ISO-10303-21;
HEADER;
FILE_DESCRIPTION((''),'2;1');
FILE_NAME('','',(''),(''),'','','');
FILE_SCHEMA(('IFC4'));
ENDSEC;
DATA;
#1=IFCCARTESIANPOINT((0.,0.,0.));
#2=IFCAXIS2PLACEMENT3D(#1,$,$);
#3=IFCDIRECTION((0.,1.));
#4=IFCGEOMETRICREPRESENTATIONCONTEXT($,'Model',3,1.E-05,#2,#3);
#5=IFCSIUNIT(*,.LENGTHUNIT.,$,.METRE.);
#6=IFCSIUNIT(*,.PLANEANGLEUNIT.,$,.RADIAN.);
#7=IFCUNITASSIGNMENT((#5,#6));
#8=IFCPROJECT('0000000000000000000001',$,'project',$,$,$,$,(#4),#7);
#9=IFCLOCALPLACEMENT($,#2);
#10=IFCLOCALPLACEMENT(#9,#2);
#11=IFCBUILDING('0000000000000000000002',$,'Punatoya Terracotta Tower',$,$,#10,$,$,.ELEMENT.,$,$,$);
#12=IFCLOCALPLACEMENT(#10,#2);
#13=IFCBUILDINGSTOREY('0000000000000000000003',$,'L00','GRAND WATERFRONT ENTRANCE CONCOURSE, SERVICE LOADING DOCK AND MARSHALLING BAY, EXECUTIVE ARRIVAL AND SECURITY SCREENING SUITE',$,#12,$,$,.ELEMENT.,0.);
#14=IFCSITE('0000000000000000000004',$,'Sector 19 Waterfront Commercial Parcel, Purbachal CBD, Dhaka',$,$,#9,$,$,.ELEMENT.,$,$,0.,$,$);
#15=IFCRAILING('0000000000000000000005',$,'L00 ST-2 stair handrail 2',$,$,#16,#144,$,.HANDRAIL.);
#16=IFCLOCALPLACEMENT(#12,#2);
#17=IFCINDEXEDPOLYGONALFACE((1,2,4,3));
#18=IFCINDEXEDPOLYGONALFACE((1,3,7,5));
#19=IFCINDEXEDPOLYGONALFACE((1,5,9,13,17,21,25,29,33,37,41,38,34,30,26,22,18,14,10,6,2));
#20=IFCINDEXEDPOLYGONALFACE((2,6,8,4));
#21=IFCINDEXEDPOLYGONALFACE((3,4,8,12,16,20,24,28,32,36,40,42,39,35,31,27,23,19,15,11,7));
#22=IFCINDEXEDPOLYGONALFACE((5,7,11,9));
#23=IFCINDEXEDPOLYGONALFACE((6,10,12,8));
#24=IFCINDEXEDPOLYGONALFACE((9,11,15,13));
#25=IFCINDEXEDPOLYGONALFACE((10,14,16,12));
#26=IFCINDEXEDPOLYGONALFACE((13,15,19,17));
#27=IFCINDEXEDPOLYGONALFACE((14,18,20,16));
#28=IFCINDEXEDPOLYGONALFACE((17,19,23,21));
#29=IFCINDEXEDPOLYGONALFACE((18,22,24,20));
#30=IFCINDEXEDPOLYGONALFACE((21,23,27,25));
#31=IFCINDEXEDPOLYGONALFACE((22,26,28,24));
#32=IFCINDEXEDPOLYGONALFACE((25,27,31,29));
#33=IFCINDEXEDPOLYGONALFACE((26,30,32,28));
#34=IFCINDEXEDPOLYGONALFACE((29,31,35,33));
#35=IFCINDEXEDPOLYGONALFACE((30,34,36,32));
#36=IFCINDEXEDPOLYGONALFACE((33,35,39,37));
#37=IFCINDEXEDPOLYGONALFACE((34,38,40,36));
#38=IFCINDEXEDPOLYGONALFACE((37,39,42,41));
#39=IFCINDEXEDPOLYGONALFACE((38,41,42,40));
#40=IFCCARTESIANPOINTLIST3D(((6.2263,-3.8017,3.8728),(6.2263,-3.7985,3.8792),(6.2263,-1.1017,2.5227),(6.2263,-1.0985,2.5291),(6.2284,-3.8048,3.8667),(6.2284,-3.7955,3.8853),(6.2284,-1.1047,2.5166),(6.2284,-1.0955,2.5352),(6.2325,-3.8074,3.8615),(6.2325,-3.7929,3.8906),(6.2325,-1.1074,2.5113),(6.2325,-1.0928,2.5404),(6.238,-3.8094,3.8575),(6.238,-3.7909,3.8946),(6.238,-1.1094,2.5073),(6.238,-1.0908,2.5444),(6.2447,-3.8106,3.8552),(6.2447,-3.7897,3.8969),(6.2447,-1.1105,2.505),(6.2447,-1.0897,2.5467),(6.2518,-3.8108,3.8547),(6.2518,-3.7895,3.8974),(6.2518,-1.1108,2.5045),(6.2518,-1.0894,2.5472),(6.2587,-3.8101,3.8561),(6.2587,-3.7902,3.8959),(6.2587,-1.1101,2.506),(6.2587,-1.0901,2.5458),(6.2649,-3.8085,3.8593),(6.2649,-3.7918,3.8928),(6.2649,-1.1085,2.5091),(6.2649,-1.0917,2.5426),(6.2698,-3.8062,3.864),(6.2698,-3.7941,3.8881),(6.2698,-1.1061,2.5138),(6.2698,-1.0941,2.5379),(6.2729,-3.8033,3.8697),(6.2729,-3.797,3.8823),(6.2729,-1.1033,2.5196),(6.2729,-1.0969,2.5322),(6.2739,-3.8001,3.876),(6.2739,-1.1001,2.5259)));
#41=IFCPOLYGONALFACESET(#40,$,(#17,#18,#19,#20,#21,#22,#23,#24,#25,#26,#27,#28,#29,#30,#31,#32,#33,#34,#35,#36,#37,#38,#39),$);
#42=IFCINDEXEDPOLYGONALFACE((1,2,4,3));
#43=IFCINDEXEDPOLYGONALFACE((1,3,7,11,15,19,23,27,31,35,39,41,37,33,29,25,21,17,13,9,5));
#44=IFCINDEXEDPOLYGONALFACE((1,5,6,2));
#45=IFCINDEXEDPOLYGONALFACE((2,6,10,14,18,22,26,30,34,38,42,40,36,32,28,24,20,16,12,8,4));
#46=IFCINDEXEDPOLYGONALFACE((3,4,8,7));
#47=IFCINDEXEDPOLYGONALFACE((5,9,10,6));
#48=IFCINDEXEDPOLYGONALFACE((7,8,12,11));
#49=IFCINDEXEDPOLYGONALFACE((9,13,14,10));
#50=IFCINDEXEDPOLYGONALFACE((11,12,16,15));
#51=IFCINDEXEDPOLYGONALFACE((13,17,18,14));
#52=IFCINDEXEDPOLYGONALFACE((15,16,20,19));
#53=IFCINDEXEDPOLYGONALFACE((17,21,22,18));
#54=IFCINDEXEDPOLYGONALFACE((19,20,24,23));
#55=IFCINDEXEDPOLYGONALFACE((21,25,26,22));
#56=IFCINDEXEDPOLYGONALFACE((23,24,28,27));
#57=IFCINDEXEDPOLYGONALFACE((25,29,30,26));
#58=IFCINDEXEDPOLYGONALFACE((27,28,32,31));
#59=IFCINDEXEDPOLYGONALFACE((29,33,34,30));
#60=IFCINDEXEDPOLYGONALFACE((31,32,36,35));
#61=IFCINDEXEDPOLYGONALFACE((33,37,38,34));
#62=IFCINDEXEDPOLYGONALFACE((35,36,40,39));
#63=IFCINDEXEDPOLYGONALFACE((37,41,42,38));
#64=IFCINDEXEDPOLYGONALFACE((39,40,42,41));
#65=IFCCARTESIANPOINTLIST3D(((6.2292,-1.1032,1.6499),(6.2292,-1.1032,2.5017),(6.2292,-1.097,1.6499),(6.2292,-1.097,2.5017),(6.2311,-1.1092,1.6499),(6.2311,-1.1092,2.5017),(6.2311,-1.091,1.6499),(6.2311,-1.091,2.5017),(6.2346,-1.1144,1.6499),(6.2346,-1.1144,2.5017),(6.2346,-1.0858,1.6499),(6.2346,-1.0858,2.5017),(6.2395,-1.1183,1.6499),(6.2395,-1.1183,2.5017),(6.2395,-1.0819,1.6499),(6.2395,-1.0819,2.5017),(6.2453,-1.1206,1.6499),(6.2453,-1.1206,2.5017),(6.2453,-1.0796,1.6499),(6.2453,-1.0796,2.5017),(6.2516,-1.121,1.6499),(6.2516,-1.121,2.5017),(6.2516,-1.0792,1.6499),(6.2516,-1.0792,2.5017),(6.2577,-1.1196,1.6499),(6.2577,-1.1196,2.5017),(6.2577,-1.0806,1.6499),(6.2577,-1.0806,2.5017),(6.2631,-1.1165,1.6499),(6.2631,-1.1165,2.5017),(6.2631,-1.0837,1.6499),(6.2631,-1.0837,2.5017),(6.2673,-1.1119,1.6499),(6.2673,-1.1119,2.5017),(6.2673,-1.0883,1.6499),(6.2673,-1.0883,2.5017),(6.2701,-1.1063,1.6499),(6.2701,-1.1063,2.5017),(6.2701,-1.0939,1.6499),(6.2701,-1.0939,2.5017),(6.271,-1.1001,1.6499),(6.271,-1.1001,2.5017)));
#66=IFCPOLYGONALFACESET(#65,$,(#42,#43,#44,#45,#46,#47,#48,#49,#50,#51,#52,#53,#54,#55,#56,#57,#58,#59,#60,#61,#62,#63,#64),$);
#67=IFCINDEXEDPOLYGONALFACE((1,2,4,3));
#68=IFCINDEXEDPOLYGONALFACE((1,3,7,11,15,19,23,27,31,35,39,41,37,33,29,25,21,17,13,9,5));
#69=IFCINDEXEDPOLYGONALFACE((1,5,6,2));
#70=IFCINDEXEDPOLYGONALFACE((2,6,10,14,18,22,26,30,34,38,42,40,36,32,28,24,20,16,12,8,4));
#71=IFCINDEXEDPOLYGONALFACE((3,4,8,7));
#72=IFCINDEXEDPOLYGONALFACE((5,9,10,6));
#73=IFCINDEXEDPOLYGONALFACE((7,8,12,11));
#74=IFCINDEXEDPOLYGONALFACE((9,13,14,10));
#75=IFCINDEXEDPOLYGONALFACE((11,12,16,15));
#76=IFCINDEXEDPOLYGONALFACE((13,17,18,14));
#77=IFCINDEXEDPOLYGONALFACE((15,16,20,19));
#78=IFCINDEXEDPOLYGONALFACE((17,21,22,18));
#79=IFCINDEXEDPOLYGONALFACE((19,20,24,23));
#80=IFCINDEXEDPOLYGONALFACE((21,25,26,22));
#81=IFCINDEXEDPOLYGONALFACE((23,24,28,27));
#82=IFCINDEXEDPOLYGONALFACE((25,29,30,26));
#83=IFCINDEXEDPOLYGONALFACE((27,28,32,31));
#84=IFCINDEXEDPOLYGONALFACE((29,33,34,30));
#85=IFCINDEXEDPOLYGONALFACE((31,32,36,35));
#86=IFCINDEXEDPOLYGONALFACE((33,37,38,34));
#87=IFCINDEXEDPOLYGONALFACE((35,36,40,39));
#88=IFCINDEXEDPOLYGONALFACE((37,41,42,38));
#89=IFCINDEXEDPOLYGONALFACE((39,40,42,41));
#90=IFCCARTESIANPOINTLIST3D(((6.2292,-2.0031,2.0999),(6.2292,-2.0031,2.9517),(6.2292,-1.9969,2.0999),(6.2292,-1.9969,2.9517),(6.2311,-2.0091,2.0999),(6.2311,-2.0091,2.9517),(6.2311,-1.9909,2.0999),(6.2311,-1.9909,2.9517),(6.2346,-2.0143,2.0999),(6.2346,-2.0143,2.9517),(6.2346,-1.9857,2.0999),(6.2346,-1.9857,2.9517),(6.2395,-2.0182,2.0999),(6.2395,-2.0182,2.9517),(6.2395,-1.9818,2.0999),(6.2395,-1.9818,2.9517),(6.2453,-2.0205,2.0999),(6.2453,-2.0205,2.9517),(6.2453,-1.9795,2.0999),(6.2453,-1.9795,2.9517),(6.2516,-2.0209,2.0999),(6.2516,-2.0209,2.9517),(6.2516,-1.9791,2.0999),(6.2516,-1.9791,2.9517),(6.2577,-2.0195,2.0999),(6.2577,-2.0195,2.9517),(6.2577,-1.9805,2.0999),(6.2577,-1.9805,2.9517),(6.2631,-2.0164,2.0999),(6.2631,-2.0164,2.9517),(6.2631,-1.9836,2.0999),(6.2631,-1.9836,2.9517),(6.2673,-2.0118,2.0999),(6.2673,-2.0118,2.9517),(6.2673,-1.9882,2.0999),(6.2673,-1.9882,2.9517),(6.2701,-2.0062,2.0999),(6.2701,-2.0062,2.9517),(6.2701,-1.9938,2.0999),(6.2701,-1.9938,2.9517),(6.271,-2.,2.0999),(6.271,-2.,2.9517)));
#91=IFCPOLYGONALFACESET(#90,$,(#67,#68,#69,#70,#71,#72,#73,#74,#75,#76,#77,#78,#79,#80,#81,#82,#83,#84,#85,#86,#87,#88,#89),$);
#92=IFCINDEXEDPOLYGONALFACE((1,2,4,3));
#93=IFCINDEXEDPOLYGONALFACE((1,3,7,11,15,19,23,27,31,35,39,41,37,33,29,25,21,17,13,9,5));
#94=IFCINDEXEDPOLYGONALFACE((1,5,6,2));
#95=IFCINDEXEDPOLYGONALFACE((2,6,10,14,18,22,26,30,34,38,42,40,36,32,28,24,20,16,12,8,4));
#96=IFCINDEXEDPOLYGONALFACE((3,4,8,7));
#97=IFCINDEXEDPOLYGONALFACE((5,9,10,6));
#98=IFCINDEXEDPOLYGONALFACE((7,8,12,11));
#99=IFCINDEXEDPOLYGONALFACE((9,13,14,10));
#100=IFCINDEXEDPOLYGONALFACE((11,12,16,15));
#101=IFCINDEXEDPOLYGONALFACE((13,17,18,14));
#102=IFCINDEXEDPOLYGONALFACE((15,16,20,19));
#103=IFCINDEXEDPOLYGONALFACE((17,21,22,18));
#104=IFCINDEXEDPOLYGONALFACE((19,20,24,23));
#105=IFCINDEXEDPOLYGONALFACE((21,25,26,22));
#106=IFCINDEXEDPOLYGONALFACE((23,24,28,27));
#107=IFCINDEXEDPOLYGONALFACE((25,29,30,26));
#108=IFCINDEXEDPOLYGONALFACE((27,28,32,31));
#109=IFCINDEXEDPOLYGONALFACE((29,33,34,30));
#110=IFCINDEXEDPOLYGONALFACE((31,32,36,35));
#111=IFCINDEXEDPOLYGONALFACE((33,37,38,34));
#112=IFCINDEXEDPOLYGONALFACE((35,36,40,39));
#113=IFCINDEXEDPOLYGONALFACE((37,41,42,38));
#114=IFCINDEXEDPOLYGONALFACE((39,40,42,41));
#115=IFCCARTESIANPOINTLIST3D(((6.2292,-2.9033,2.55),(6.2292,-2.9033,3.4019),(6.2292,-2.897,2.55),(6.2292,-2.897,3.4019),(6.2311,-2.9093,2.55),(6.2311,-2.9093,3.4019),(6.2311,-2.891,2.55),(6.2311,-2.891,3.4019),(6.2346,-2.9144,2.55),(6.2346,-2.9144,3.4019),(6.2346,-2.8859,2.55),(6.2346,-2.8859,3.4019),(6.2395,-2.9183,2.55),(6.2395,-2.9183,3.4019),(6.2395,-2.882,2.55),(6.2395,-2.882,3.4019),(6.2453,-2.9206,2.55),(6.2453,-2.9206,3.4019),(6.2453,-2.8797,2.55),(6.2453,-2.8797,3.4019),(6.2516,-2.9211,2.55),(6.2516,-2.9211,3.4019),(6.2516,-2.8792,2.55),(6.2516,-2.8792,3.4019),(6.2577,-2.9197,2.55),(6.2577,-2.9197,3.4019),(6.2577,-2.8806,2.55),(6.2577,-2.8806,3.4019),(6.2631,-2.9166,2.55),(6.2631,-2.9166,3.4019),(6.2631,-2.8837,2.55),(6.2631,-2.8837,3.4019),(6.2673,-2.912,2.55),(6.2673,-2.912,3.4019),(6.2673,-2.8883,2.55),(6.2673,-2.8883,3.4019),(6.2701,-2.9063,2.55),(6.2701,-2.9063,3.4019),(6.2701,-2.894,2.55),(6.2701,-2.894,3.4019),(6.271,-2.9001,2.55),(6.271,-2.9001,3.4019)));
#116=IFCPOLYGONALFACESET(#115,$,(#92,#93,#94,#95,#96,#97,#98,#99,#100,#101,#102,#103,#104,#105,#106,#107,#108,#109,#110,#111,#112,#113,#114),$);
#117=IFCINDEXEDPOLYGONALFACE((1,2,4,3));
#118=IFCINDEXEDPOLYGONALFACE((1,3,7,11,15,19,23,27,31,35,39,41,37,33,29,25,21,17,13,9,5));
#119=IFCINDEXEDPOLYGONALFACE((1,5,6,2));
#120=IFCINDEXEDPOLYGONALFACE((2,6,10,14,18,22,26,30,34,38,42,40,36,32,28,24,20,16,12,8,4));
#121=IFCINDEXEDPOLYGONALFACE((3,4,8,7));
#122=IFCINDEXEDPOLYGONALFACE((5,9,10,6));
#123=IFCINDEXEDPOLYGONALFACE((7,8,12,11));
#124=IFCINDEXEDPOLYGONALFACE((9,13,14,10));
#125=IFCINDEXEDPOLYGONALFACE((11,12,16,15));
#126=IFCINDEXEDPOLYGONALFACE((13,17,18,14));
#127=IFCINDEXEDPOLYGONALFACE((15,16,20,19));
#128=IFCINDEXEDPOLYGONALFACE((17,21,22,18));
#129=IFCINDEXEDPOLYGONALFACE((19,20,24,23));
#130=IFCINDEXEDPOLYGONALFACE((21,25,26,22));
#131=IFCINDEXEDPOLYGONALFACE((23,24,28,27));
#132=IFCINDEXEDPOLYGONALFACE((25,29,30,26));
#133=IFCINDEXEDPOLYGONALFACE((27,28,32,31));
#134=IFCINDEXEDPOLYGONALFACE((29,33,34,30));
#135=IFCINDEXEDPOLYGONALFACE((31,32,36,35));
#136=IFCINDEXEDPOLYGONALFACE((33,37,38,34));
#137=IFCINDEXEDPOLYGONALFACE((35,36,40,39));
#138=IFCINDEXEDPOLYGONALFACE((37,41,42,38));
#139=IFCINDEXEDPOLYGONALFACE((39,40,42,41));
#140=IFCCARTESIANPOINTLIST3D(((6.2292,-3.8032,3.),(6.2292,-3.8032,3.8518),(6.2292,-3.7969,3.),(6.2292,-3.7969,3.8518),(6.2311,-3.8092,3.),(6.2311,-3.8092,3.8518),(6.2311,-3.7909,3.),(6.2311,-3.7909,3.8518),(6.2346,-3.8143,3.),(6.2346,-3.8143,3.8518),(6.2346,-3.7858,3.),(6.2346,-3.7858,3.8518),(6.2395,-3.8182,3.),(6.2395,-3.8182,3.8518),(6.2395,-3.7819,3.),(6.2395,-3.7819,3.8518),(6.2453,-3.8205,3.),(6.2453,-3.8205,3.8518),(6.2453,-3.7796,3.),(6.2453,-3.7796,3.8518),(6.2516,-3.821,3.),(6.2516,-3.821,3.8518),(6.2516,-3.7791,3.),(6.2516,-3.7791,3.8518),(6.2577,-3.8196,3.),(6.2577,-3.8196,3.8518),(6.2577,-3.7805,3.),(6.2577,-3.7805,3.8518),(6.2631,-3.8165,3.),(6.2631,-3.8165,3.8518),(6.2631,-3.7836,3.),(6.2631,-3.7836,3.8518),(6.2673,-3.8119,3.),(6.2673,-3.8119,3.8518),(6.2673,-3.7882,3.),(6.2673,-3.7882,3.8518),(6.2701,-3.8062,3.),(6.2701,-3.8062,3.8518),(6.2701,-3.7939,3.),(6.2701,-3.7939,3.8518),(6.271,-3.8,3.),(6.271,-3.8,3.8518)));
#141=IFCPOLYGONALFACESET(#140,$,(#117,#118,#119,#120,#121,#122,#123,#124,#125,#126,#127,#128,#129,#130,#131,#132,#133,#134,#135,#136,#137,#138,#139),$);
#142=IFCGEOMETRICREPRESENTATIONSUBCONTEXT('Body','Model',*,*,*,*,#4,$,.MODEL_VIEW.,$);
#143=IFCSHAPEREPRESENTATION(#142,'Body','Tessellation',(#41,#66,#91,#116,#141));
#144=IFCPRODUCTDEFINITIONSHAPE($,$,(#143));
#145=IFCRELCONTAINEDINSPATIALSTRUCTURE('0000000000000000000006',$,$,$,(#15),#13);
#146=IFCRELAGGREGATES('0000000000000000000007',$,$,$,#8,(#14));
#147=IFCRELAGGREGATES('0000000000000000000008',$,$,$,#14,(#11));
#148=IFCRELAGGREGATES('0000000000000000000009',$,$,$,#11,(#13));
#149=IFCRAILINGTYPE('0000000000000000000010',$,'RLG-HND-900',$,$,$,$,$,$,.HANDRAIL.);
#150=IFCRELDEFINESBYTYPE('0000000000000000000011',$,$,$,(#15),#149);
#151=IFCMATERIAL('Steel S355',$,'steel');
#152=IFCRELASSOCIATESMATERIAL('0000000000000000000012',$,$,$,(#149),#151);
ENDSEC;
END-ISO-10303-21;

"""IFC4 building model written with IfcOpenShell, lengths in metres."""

from ifc_helpers import new_model, si_unit, direction, frame, origin, origin_2d, place, context, subcontext, project, spatial, circle, extrude, material, type_object, element, save


model = new_model("IFC4")

# Units and contexts
model_context = context("Model", 3, precision=1e-05, world=origin(), true_north=direction((0.0, 1.0)))
body_context = subcontext(model_context, "Body", "Model", "MODEL_VIEW")
ifc_project = project(units=[si_unit("LENGTHUNIT", "METRE"), si_unit("PLANEANGLEUNIT", "RADIAN")], contexts=[model_context])

# Site, building, storey
site_placement = place(None, origin())
site = spatial("IfcSite", under=ifc_project, at=site_placement, Name="Sector 19 Waterfront Commercial Parcel, Purbachal CBD, Dhaka", CompositionType="ELEMENT", RefElevation=0.0)
building_placement = place(site_placement, origin())
building = spatial("IfcBuilding", under=site, at=building_placement, Name="Punatoya Terracotta Tower", CompositionType="ELEMENT")
storey_placement = place(building_placement, origin())
storey = spatial("IfcBuildingStorey", under=building, at=storey_placement, Name="L00", Description="GRAND WATERFRONT ENTRANCE CONCOURSE, SERVICE LOADING DOCK AND MARSHALLING BAY, EXECUTIVE ARRIVAL AND SECURITY SCREENING SUITE", CompositionType="ELEMENT", Elevation=0.0)

# Shared definitions
ifc_material_1 = material(Name="Steel S355", Category="steel")

# Railing
railing_type_1 = type_object("IfcRailingType", Name="RLG-HND-900", PredefinedType="HANDRAIL", material=ifc_material_1)
railing_1_placement = place(storey_placement, frame((6.25, -1.1001, 1.6499)))
element("IfcRailing", 1, at=railing_1_placement, inside=storey, type_object=railing_type_1, Name="L00 ST-2 stair handrail 2", PredefinedType="HANDRAIL", context=body_context, shape_type="SweptSolid", body=[
    extrude(circle(Radius=0.0239, at=origin_2d()), frame((0.0, 0.0, 0.876), z_axis=(0.0, -0.894411, 0.447246), x_axis=(1.0, 0.0, 0.0)), (0.0, 0.0, 1.0), 3.0188),
    extrude(circle(Radius=0.021, at=origin_2d()), origin(), (0.0, 0.0, 1.0), 0.8518),
    extrude(circle(Radius=0.021, at=origin_2d()), frame((0.0, -0.8999, 0.45)), (0.0, 0.0, 1.0), 0.8518),
    extrude(circle(Radius=0.021, at=origin_2d()), frame((0.0, -1.8, 0.9001)), (0.0, 0.0, 1.0), 0.8518),
    extrude(circle(Radius=0.021, at=origin_2d()), frame((0.0, -2.7, 1.3501)), (0.0, 0.0, 1.0), 0.8518),
])

save(model, "model.ifc")
